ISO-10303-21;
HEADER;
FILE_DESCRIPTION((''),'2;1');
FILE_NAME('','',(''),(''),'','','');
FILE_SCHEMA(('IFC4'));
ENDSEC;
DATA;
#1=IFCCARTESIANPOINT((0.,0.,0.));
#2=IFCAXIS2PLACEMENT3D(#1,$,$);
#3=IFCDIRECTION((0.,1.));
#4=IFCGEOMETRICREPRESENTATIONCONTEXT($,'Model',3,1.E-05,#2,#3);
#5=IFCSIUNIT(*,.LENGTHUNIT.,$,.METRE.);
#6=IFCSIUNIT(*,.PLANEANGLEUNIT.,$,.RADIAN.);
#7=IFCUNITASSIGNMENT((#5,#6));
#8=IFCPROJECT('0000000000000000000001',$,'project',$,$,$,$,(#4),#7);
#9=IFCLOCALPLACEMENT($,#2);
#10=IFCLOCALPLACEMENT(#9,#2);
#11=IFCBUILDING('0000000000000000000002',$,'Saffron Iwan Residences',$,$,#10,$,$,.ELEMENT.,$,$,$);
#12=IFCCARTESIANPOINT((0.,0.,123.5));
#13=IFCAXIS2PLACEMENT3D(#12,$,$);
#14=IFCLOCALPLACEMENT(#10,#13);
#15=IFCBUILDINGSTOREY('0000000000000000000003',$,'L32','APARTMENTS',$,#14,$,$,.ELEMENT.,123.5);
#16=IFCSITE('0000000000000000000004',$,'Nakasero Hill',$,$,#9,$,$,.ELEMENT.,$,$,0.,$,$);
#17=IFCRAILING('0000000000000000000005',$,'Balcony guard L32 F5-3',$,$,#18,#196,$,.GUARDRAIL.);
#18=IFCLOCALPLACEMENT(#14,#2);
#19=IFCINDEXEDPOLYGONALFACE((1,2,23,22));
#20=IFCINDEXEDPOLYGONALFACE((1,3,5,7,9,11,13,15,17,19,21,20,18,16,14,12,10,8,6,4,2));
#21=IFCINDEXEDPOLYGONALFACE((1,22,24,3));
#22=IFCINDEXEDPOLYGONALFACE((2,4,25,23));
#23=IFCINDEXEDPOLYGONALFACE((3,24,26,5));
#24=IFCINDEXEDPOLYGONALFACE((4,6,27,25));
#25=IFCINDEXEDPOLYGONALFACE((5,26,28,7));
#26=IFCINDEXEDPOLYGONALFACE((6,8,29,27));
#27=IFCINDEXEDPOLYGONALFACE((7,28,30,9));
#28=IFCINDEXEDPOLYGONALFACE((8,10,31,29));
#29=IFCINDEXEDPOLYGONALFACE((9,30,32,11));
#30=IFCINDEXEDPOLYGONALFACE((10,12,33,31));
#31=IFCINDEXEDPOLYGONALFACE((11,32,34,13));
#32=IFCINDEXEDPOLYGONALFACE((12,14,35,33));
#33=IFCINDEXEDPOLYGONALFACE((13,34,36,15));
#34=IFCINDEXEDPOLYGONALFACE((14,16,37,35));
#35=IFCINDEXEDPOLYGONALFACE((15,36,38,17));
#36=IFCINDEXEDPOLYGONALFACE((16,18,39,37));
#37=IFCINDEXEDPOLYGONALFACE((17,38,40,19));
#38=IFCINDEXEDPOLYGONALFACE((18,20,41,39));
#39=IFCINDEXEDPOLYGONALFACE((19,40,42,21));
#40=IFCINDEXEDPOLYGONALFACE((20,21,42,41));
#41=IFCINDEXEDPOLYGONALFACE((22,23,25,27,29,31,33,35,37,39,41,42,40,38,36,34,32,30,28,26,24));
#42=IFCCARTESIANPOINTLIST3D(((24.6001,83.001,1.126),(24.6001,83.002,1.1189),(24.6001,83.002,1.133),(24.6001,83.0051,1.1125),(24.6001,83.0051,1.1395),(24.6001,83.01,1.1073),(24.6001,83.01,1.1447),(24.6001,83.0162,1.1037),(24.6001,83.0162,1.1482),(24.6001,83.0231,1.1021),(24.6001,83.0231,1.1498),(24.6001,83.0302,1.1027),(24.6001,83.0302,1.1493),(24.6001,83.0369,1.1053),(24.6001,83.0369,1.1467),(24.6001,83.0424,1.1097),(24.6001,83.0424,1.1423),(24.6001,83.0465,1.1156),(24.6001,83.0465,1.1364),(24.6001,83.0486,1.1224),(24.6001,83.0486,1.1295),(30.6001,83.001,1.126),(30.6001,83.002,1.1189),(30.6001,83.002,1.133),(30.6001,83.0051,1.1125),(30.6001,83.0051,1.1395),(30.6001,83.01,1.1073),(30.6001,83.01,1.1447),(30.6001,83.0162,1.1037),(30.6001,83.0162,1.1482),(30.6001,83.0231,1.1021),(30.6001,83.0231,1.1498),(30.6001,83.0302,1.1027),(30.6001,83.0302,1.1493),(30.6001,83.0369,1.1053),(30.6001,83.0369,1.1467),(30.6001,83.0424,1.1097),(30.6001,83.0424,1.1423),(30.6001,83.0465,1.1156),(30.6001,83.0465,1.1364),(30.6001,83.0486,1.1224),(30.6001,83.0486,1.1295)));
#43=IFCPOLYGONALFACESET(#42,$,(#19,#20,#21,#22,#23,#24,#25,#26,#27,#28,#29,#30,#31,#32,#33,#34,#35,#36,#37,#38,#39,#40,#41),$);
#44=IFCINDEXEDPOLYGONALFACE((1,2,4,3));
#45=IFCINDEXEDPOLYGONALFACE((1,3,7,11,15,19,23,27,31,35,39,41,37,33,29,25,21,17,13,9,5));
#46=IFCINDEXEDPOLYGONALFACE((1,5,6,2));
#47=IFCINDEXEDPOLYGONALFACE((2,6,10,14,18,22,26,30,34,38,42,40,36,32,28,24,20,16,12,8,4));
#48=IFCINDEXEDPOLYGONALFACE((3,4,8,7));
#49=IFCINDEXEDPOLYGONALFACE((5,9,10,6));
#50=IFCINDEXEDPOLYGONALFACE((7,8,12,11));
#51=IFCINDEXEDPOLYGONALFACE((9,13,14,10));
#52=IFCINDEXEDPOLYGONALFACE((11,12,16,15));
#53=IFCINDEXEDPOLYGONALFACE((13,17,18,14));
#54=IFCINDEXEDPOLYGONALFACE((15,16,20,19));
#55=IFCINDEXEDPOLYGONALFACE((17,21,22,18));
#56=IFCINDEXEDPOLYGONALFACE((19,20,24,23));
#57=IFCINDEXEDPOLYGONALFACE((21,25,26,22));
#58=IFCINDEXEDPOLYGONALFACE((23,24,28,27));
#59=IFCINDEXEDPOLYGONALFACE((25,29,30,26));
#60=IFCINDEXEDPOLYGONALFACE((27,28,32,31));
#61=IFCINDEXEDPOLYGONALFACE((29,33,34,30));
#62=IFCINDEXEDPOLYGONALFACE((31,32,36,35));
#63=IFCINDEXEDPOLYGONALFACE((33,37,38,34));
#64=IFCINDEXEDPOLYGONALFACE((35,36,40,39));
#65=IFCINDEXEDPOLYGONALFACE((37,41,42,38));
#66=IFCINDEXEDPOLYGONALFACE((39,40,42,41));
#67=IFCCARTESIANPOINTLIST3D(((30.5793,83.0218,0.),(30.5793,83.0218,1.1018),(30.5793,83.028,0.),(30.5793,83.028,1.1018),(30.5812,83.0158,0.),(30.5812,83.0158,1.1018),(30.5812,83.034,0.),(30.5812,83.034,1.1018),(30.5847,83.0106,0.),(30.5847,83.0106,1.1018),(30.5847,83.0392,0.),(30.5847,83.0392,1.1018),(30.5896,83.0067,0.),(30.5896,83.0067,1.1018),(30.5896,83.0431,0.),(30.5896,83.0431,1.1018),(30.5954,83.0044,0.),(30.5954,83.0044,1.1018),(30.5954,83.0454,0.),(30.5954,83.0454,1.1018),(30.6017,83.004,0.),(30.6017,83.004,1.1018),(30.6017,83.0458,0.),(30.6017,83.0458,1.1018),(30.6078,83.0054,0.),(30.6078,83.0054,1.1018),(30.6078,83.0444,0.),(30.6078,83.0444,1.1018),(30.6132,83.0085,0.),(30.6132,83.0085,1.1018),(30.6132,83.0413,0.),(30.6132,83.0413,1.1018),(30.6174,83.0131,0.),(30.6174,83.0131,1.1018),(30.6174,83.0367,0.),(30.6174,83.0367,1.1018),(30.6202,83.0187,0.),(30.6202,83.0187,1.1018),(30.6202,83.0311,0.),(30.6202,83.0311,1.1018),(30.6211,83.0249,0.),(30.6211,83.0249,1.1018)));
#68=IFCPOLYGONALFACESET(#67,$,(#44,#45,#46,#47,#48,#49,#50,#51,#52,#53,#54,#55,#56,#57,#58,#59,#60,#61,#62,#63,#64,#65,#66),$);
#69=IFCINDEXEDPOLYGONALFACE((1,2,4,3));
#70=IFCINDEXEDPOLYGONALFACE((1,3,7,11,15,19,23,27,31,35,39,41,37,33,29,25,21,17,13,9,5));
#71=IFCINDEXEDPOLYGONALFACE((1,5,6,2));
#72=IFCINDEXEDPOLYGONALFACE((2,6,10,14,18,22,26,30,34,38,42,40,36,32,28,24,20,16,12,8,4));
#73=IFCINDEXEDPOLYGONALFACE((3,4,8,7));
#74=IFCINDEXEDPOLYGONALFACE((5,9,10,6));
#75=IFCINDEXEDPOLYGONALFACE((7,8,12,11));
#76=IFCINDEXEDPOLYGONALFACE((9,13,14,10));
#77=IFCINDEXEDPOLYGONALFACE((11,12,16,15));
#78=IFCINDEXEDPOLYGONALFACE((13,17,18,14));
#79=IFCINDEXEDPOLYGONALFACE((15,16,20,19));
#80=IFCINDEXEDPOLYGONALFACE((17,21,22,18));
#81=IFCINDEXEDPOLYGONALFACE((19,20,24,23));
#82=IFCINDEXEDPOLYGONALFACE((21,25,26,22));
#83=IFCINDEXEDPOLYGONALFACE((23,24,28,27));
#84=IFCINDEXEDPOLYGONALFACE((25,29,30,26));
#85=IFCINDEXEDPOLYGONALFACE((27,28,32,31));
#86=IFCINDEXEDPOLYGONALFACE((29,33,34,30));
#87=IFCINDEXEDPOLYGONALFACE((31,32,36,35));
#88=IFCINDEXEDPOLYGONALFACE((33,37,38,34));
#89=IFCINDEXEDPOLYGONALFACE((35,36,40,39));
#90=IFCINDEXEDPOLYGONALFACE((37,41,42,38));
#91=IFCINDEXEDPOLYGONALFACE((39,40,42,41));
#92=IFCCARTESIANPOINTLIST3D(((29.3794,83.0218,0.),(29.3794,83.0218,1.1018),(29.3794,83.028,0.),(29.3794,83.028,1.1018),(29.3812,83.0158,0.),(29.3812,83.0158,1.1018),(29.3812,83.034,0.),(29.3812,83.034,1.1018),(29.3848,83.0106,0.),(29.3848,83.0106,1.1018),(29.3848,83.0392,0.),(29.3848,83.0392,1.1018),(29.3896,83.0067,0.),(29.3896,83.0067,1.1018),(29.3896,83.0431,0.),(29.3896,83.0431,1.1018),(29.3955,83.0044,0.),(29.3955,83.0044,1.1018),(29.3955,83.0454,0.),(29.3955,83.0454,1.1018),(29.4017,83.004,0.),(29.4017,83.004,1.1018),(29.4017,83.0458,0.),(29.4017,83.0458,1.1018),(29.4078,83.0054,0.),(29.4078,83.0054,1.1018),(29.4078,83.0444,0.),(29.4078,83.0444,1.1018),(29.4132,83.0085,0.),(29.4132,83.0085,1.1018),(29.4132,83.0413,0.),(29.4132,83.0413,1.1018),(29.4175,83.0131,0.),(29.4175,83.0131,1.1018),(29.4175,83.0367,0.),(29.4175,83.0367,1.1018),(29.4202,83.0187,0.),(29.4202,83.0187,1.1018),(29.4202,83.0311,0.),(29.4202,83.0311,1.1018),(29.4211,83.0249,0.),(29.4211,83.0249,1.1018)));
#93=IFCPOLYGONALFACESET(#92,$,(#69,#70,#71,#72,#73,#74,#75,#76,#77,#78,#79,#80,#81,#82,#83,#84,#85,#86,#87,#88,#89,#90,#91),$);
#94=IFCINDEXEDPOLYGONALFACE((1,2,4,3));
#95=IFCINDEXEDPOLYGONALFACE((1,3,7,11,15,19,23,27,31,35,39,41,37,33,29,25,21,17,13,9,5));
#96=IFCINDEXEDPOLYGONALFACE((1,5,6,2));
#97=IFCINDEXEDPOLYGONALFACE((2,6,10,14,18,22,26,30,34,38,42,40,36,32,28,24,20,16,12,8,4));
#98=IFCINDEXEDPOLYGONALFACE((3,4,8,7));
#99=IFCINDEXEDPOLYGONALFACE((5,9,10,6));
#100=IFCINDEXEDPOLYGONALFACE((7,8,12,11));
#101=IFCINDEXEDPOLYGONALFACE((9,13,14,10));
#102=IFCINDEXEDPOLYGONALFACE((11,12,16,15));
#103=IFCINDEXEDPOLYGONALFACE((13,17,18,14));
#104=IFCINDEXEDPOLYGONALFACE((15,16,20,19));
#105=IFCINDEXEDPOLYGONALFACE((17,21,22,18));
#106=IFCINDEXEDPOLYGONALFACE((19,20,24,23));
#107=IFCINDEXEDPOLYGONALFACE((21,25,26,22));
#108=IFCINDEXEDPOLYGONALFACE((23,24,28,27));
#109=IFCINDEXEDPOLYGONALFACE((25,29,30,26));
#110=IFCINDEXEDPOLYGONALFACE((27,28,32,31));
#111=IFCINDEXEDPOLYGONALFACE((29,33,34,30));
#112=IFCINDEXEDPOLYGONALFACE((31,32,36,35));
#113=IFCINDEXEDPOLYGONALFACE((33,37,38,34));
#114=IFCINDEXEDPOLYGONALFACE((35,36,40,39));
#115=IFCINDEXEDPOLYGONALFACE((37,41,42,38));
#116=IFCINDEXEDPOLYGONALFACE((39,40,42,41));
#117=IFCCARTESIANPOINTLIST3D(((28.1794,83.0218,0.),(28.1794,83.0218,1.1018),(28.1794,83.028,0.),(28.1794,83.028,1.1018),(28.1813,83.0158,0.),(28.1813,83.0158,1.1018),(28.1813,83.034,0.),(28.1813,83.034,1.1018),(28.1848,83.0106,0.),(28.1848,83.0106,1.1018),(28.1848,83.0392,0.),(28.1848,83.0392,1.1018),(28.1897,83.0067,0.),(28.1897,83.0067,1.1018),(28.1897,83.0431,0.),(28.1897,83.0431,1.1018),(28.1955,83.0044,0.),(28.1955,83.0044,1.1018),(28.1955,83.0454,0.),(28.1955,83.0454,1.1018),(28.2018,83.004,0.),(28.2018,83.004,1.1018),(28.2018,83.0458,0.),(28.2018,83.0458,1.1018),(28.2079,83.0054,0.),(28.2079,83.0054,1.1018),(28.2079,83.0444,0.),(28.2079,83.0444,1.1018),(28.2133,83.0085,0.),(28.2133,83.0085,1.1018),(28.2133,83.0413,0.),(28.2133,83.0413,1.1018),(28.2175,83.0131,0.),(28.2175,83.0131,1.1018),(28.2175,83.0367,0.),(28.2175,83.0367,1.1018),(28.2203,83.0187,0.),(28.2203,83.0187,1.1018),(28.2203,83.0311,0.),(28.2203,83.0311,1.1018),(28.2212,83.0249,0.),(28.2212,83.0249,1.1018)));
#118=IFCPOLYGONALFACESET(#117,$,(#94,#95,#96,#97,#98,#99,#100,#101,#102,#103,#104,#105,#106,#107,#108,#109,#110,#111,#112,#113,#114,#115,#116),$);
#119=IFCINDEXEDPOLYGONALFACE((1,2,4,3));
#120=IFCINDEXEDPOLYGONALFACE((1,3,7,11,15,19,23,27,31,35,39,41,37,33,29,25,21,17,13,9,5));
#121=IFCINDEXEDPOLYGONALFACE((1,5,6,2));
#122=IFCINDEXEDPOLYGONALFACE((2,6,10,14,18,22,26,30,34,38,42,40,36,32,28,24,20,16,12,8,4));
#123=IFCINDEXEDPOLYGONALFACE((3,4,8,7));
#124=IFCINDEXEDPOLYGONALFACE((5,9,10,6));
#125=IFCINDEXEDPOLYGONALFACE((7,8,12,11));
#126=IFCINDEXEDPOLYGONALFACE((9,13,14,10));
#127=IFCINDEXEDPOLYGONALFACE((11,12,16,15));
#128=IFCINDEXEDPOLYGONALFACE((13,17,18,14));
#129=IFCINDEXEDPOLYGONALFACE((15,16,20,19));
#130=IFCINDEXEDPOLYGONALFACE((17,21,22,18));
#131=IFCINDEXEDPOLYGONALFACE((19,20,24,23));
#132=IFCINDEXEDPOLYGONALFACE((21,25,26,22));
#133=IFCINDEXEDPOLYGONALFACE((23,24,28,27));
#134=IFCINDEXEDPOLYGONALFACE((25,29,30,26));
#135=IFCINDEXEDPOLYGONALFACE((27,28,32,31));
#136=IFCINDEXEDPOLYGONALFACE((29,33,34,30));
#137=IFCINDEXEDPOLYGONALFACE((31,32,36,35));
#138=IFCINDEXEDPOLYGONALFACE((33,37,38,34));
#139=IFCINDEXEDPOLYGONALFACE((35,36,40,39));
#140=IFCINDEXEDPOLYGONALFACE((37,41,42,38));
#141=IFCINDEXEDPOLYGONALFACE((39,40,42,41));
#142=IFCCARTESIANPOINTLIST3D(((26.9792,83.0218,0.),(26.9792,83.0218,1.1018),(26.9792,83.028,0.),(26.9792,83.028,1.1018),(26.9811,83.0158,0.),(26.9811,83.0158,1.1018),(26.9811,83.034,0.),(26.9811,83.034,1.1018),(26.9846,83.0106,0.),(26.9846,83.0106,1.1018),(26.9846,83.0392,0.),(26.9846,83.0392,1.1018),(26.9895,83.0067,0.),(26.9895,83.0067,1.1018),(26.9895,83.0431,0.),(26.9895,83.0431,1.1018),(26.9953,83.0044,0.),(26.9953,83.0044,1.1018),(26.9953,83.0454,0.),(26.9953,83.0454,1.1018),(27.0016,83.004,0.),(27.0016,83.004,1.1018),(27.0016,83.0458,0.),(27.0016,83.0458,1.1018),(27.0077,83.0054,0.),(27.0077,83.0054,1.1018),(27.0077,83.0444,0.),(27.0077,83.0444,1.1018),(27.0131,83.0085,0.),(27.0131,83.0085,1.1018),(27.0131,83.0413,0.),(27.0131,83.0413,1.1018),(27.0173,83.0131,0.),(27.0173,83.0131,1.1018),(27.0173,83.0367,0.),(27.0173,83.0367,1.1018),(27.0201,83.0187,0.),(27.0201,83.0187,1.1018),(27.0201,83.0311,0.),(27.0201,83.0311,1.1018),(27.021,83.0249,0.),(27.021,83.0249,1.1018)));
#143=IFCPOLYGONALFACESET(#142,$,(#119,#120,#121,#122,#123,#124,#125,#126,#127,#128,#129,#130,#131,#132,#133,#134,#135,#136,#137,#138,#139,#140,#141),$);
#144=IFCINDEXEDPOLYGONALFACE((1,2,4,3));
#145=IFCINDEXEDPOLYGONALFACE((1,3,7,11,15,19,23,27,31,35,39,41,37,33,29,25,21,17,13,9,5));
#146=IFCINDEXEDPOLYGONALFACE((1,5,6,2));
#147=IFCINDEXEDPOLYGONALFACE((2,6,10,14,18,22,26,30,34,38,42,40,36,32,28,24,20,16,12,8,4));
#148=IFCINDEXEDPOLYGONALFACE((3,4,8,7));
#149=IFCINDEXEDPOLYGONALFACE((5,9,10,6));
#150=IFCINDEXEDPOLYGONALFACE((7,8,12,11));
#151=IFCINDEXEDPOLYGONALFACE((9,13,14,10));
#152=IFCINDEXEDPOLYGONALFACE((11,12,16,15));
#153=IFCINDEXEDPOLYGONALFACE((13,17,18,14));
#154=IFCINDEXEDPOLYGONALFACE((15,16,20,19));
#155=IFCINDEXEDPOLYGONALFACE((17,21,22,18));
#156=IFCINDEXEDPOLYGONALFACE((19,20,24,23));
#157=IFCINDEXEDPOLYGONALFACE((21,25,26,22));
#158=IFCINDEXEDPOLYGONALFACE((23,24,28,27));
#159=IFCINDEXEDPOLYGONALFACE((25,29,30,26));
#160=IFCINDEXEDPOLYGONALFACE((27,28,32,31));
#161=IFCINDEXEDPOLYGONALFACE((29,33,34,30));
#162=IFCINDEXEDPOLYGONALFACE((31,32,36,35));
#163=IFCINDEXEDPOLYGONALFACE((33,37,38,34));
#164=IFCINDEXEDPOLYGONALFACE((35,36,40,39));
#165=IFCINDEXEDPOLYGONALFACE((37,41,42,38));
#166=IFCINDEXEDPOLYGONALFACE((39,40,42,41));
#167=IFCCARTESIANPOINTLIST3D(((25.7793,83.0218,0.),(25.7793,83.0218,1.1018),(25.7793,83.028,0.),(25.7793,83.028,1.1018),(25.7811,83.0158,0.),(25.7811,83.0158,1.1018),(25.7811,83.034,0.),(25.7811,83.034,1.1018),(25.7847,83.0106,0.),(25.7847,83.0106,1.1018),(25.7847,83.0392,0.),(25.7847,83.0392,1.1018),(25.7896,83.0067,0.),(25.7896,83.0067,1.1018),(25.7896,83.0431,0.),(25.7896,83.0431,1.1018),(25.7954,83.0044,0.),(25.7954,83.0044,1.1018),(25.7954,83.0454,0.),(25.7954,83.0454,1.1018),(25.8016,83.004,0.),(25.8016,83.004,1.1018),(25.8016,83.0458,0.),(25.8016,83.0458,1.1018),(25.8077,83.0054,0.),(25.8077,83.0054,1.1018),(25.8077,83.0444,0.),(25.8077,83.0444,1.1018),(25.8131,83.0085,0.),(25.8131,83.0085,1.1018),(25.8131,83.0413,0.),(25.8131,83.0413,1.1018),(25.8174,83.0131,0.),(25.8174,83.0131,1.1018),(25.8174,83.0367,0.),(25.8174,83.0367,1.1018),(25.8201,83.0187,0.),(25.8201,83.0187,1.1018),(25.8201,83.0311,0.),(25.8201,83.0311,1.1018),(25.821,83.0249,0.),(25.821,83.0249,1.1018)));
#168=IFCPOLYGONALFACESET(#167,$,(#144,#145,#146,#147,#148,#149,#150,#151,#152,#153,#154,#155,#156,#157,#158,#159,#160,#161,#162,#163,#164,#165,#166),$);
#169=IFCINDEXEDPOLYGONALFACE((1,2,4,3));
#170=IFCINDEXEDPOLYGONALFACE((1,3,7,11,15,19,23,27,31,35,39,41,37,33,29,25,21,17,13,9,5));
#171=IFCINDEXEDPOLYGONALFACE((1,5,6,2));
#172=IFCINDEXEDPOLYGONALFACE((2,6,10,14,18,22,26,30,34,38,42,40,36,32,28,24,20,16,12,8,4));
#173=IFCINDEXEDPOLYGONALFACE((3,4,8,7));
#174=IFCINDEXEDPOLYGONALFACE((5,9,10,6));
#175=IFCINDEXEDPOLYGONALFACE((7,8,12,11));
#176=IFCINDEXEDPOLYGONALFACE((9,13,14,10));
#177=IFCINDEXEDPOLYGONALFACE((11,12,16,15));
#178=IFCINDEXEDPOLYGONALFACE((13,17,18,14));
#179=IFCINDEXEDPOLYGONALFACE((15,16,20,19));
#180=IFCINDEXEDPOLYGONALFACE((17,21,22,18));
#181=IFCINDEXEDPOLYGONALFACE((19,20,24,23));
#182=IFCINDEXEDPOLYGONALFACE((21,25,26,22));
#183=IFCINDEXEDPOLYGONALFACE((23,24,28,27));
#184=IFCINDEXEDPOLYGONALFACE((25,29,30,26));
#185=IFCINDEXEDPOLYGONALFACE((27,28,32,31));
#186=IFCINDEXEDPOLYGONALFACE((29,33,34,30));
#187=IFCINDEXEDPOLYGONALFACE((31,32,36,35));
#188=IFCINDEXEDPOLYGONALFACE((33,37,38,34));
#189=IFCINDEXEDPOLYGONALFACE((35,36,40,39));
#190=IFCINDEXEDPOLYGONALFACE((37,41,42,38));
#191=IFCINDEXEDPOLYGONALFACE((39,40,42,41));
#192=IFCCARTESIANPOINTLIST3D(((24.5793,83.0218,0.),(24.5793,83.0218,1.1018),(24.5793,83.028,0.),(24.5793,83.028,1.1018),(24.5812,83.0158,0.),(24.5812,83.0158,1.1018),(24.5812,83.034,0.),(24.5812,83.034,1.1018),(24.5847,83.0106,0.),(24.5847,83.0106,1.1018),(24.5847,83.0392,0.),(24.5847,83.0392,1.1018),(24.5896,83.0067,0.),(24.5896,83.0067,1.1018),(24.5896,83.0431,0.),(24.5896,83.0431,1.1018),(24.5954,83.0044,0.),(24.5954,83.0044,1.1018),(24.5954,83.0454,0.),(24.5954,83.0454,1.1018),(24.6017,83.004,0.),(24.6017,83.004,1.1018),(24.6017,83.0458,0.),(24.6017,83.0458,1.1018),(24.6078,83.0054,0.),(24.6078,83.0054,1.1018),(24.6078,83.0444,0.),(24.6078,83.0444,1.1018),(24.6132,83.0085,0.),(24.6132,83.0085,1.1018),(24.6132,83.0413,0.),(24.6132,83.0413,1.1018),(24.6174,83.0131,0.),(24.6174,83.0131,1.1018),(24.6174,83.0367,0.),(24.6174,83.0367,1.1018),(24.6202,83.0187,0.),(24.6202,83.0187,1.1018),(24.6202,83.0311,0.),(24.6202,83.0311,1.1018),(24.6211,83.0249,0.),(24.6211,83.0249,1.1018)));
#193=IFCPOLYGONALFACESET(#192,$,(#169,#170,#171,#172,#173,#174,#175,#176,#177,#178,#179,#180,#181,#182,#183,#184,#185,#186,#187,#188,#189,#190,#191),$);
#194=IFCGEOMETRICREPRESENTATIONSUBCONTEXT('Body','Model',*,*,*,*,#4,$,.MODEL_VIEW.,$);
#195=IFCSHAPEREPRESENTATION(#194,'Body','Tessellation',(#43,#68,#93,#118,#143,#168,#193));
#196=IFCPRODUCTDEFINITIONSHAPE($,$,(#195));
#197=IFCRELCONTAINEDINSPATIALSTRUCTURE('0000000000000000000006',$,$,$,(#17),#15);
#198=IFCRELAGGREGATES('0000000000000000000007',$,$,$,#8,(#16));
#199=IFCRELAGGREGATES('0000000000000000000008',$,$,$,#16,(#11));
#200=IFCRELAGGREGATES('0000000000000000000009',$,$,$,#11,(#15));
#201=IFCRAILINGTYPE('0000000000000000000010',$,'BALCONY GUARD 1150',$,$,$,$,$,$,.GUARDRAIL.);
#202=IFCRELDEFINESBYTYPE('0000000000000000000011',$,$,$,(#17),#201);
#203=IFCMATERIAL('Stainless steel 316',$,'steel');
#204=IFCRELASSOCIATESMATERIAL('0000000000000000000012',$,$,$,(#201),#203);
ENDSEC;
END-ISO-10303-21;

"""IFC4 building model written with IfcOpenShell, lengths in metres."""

from ifc_helpers import new_model, si_unit, direction, frame, origin, origin_2d, place, context, subcontext, project, spatial, circle, extrude, material, type_object, element, save


model = new_model("IFC4")

# Units and contexts
model_context = context("Model", 3, precision=1e-05, world=origin(), true_north=direction((0.0, 1.0)))
body_context = subcontext(model_context, "Body", "Model", "MODEL_VIEW")
ifc_project = project(units=[si_unit("LENGTHUNIT", "METRE"), si_unit("PLANEANGLEUNIT", "RADIAN")], contexts=[model_context])

# Site, building, storey
site_placement = place(None, origin())
site = spatial("IfcSite", under=ifc_project, at=site_placement, Name="Nakasero Hill", CompositionType="ELEMENT", RefElevation=0.0)
building_placement = place(site_placement, origin())
building = spatial("IfcBuilding", under=site, at=building_placement, Name="Saffron Iwan Residences", CompositionType="ELEMENT")
storey_placement = place(building_placement, frame((0.0, 0.0, 123.5)))
storey = spatial("IfcBuildingStorey", under=building, at=storey_placement, Name="L32", Description="APARTMENTS", CompositionType="ELEMENT", Elevation=123.5)

# Railing
ifc_material_1 = material(Name="Stainless steel 316", Category="steel")
railing_type = type_object("IfcRailingType", Name="BALCONY GUARD 1150", PredefinedType="GUARDRAIL", material=ifc_material_1)
railing_placement = place(storey_placement, frame((30.6001, 83.0249, 0.0)))
element("IfcRailing", 1, at=railing_placement, inside=storey, type_object=railing_type, Name="Balcony guard L32 F5-3", PredefinedType="GUARDRAIL", context=body_context, shape_type="SweptSolid", body=[
    extrude(circle(Radius=0.0239, at=origin_2d()), frame((0.0, 0.0, 1.126), z_axis=(-1.0, 0.0, 0.0), x_axis=(0.0, -1.0, 0.0)), (0.0, 0.0, 1.0), 6.0),
    extrude(circle(Radius=0.021, at=origin_2d()), origin(), (0.0, 0.0, 1.0), 1.1018),
    extrude(circle(Radius=0.021, at=origin_2d()), frame((-1.2, 0.0, 0.0)), (0.0, 0.0, 1.0), 1.1018),
    extrude(circle(Radius=0.021, at=origin_2d()), frame((-2.3999, 0.0, 0.0)), (0.0, 0.0, 1.0), 1.1018),
    extrude(circle(Radius=0.021, at=origin_2d()), frame((-3.6001, 0.0, 0.0)), (0.0, 0.0, 1.0), 1.1018),
    extrude(circle(Radius=0.021, at=origin_2d()), frame((-4.8, 0.0, 0.0)), (0.0, 0.0, 1.0), 1.1018),
    extrude(circle(Radius=0.021, at=origin_2d()), frame((-6.0, 0.0, 0.0)), (0.0, 0.0, 1.0), 1.1018),
])

save(model, "model.ifc")
